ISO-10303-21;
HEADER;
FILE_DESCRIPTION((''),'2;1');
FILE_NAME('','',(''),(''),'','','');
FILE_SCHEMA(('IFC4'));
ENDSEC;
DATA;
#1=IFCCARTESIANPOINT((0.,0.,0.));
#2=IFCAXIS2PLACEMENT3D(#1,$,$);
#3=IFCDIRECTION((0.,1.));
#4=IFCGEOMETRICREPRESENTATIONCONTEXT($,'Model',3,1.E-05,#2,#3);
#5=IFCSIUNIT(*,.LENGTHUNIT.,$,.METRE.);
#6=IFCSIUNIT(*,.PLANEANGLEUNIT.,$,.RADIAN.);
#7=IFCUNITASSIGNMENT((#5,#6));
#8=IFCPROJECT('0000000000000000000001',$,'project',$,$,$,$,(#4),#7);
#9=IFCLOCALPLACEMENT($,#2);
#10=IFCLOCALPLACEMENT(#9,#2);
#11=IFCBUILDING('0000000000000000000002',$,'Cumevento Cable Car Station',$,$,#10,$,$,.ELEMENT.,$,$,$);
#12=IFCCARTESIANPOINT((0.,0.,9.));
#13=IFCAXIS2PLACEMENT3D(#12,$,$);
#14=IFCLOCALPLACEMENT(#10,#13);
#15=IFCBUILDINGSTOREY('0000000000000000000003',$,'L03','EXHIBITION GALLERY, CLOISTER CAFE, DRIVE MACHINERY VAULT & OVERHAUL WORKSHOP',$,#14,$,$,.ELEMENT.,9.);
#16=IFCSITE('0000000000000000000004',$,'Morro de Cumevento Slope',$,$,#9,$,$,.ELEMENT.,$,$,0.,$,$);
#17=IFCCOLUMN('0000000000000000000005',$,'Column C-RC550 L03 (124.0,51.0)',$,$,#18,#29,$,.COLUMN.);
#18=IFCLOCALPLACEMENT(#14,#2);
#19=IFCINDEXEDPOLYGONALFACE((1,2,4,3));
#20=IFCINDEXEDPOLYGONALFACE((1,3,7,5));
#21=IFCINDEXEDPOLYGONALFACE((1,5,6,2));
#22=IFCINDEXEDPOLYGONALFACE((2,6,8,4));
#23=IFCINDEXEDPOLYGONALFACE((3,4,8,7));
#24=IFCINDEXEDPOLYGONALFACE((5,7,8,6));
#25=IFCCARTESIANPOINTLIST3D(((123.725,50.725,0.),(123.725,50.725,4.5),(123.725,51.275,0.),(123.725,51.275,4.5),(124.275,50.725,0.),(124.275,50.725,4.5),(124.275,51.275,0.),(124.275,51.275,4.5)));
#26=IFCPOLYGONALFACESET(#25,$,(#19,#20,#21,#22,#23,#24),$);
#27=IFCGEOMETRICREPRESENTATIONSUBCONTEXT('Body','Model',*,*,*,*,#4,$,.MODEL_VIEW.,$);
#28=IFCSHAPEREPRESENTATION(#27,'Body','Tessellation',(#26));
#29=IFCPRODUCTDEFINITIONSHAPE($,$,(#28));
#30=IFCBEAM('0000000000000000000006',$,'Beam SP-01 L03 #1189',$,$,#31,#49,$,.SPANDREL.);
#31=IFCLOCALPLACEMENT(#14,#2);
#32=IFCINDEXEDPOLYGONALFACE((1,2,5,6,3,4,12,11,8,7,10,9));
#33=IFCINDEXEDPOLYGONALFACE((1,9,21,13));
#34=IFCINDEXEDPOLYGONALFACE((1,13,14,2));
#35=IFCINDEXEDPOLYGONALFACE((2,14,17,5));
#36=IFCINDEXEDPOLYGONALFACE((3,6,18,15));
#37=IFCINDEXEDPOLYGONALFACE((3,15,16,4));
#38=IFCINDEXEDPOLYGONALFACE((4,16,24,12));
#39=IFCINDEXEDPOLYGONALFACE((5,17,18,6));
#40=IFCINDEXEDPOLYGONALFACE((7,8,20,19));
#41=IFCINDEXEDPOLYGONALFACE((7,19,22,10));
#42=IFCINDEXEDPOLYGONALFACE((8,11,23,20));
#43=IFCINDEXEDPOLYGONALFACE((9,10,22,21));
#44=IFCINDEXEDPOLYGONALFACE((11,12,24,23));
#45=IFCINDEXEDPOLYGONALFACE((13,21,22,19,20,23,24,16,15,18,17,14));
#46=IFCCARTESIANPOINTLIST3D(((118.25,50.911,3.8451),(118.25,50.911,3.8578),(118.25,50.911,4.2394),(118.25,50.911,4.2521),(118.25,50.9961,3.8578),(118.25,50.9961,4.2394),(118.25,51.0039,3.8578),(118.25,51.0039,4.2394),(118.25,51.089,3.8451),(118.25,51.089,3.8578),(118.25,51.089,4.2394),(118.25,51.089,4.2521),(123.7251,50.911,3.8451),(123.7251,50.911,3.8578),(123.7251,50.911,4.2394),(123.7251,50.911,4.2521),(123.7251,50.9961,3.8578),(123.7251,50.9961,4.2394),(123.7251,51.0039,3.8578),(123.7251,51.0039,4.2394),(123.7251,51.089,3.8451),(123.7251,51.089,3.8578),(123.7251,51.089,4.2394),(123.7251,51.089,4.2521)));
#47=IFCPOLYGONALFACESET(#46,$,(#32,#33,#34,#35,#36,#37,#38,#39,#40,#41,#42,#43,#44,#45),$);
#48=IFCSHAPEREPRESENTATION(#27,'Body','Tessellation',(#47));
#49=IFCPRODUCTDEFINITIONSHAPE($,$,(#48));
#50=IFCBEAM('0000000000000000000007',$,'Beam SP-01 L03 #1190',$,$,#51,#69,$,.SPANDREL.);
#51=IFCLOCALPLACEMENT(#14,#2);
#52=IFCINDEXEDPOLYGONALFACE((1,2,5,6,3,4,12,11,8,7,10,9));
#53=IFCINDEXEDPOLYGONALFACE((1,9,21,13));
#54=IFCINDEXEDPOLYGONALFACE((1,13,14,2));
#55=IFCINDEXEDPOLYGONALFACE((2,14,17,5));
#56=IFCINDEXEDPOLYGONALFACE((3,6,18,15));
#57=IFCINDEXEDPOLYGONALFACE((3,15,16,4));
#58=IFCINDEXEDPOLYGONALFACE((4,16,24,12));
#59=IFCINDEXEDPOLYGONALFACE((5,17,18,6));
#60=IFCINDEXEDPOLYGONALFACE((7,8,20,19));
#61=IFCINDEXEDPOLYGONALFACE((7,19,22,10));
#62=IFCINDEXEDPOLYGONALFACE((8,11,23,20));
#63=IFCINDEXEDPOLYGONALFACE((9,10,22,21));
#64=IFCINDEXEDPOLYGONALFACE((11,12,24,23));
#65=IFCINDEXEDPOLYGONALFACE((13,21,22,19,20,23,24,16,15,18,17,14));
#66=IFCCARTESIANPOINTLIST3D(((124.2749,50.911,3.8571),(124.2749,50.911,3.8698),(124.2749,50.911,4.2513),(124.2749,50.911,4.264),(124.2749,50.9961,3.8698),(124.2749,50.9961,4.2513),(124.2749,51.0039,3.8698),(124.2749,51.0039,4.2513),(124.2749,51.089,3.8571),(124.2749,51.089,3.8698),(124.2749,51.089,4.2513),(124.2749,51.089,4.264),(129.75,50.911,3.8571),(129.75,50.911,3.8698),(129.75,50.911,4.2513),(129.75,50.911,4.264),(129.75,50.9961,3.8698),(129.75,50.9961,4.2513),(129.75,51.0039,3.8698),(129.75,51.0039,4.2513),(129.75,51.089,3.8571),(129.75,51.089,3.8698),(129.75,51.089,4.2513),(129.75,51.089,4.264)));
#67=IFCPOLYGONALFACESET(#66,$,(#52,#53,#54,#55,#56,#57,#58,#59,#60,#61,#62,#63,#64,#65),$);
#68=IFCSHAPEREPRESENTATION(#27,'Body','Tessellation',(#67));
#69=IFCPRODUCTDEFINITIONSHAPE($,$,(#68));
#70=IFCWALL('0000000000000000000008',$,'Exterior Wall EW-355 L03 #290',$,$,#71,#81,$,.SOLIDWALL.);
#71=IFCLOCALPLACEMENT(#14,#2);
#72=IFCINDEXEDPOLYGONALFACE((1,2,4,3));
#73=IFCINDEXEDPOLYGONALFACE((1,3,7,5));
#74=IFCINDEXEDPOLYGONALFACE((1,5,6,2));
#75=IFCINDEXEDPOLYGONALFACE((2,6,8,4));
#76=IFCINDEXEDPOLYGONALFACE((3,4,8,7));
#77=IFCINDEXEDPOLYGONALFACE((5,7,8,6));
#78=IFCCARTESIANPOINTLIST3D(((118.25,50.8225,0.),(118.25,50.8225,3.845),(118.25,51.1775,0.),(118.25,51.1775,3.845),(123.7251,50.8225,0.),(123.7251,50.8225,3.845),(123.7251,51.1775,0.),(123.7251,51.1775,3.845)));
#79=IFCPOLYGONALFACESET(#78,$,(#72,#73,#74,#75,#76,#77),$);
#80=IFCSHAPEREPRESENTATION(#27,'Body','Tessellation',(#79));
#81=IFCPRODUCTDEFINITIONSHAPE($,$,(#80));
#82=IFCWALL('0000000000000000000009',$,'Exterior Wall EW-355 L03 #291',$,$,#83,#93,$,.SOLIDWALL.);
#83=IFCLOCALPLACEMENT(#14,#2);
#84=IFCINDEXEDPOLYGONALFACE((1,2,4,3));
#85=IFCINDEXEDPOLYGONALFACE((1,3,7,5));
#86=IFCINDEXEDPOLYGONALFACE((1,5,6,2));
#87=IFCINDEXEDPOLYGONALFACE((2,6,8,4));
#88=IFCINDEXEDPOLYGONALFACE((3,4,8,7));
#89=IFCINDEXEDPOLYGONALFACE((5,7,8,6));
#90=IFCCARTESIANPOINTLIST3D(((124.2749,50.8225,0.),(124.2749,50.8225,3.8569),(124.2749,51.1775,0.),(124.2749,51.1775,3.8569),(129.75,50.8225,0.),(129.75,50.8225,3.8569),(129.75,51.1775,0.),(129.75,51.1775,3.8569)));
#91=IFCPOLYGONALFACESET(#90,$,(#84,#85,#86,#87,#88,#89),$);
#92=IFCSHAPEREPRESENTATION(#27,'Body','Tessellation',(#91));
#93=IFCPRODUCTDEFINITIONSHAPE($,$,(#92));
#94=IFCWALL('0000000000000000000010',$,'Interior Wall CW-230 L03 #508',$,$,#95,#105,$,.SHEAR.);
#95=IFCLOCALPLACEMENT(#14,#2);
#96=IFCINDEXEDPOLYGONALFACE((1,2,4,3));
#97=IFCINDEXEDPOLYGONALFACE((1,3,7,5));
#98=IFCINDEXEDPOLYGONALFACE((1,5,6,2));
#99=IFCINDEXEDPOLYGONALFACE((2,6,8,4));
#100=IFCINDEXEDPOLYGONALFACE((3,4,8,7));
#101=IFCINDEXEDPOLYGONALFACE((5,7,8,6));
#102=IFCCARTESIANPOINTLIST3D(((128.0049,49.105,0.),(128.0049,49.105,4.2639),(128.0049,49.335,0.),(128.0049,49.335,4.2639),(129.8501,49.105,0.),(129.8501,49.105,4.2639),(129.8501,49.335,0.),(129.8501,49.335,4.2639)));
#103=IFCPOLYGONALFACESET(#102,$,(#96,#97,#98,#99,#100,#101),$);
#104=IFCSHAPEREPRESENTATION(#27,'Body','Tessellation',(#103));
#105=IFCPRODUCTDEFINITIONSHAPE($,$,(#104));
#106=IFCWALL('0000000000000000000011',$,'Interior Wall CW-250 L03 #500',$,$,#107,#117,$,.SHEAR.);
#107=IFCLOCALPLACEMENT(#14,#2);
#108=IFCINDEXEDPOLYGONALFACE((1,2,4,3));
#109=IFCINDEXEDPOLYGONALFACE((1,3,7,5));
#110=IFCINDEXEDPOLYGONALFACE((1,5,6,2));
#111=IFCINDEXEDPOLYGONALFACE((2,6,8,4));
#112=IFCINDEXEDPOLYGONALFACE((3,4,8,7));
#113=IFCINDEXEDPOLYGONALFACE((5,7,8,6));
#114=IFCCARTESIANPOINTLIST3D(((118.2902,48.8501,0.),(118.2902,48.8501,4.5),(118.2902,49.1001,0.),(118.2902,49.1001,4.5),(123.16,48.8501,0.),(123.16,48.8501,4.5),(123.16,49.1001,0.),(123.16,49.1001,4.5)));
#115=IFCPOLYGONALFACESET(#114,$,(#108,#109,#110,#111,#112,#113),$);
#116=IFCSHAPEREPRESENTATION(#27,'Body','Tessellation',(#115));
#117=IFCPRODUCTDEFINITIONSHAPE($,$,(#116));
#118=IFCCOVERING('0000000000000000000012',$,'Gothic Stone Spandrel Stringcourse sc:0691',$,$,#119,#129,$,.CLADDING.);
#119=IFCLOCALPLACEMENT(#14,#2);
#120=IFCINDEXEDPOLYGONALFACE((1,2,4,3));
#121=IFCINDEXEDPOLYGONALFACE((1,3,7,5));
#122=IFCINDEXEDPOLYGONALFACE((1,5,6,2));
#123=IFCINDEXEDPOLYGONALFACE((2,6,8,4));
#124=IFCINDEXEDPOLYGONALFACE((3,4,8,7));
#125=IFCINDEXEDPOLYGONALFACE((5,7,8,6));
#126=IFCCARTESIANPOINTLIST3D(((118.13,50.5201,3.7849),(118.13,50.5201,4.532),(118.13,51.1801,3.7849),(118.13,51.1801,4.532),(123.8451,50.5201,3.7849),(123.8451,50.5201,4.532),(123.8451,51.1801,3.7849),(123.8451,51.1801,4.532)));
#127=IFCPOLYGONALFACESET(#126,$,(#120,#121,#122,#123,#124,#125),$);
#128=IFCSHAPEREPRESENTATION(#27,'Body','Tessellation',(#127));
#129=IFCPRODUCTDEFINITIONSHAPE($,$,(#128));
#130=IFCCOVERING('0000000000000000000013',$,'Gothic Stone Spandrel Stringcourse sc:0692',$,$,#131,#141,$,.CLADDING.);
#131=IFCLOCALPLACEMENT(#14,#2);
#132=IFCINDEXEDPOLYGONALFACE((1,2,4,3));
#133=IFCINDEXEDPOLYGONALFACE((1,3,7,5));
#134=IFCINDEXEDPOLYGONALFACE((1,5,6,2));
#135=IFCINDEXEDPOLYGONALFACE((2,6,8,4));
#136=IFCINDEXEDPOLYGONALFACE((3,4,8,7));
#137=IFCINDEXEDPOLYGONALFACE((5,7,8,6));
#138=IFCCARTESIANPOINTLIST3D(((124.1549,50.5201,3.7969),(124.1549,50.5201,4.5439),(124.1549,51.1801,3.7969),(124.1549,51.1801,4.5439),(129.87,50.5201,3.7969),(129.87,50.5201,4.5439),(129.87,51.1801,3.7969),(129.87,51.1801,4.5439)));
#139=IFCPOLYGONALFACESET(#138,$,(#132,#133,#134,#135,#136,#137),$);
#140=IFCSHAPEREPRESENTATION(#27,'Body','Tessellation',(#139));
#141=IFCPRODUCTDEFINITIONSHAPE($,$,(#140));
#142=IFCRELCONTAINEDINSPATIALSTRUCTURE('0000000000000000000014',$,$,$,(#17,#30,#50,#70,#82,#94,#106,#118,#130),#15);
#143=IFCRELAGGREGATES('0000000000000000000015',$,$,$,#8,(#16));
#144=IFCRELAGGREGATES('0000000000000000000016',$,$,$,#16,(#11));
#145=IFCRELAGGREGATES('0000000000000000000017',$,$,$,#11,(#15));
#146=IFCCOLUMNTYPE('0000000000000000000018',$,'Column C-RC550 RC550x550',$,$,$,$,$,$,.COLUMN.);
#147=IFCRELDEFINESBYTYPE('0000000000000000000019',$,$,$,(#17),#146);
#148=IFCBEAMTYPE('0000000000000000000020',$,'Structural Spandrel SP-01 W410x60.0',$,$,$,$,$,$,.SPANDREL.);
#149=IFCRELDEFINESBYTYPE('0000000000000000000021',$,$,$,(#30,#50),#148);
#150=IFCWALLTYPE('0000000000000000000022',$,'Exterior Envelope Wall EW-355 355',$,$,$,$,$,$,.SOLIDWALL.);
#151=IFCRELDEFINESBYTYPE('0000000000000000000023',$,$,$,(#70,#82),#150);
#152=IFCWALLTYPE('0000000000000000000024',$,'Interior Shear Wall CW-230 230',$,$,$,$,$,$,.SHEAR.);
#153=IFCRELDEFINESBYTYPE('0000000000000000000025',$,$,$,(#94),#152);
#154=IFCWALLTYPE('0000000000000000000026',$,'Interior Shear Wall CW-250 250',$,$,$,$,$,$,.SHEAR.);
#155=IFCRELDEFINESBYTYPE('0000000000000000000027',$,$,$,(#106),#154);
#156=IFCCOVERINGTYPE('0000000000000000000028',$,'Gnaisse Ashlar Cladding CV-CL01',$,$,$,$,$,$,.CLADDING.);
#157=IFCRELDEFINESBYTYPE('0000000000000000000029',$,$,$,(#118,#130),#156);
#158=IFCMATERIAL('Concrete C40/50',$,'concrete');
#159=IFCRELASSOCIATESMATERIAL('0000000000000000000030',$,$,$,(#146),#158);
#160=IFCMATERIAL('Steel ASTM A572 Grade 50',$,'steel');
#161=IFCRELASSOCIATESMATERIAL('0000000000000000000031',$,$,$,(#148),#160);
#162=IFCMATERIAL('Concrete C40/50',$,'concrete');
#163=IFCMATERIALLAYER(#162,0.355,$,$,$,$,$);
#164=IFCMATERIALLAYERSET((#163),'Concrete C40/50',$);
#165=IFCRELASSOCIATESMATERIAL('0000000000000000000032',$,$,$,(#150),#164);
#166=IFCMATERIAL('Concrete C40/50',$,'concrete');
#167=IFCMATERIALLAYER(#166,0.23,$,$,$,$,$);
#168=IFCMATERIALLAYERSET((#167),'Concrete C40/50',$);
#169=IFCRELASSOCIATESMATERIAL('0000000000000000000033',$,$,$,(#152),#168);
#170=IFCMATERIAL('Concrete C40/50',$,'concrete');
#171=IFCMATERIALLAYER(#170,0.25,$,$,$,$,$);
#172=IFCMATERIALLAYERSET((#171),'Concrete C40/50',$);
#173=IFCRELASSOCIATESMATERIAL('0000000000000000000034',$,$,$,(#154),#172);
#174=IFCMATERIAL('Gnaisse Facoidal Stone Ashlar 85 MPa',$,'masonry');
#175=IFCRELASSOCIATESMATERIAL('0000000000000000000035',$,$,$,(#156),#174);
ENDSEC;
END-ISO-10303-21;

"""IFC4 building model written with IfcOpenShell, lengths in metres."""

from ifc_helpers import new_model, si_unit, direction, frame, frame_2d, origin, origin_2d, place, context, subcontext, project, spatial, rectangle, i_section, extrude, material, layer, layer_set, material_profile, profile_set, type_object, element, save


model = new_model("IFC4")

# Units and contexts
model_context = context("Model", 3, precision=1e-05, world=origin(), true_north=direction((0.0, 1.0)))
body_context = subcontext(model_context, "Body", "Model", "MODEL_VIEW")
ifc_project = project(units=[si_unit("LENGTHUNIT", "METRE"), si_unit("PLANEANGLEUNIT", "RADIAN")], contexts=[model_context])

# Site, building, storey
site_placement = place(None, origin())
site = spatial("IfcSite", under=ifc_project, at=site_placement, Name="Morro de Cumevento Slope", CompositionType="ELEMENT", RefElevation=0.0)
building_placement = place(site_placement, origin())
building = spatial("IfcBuilding", under=site, at=building_placement, Name="Cumevento Cable Car Station", CompositionType="ELEMENT")
storey_placement = place(building_placement, frame((0.0, 0.0, 9.0)))
storey = spatial("IfcBuildingStorey", under=building, at=storey_placement, Name="L03", Description="EXHIBITION GALLERY, CLOISTER CAFE, DRIVE MACHINERY VAULT & OVERHAUL WORKSHOP", CompositionType="ELEMENT", Elevation=9.0)

# Column
ifc_material_1 = material(Name="Concrete C40/50", Category="concrete")
ifc_material_profile_1 = material_profile(ifc_material_1, rectangle(XDim=0.55, YDim=0.55, at=origin_2d()), Name="RC550x550")
ifc_profile_set_1 = profile_set([ifc_material_profile_1], Name="Concrete C40/50")
column_type = type_object("IfcColumnType", Name="Column C-RC550 RC550x550", PredefinedType="COLUMN", material=ifc_profile_set_1)
column_placement = place(storey_placement, frame((124.0, 51.0, 0.0), z_axis=(0.0, 0.0, 1.0), x_axis=(1.0, 0.0, 0.0)))
element("IfcColumn", 1, at=column_placement, inside=storey, type_object=column_type, Name="Column C-RC550 L03 (124.0,51.0)", PredefinedType="COLUMN", context=body_context, shape_type="SweptSolid", body=[
    extrude(rectangle(XDim=0.55, YDim=0.55, at=origin_2d()), origin(), (0.0, 0.0, 1.0), 4.5),
])

# Beams
ifc_material_2 = material(Name="Steel ASTM A572 Grade 50", Category="steel")
ifc_material_profile_2 = material_profile(ifc_material_2, i_section(OverallWidth=0.178, OverallDepth=0.407, WebThickness=0.0078, FlangeThickness=0.0127, at=origin_2d()), Name="W410x60.0")
ifc_profile_set_2 = profile_set([ifc_material_profile_2], Name="Steel ASTM A572 Grade 50")
beam_type = type_object("IfcBeamType", Name="Structural Spandrel SP-01 W410x60.0", PredefinedType="SPANDREL", material=ifc_profile_set_2)
for number, where, z_axis, x_axis, name in (
    (2, (118.25, 51.0, 4.0486), (1.0, 0.0, 0.0), (0.0, 1.0, 0.0), "Beam SP-01 L03 #1189"),
    (3, (124.2749, 51.0, 4.0605), (1.0, 0.0, 0.0), (0.0, 1.0, 0.0), "Beam SP-01 L03 #1190"),
):
    element("IfcBeam", number, at=place(storey_placement, frame(where, z_axis=z_axis, x_axis=x_axis)), inside=storey, type_object=beam_type, Name=name, PredefinedType="SPANDREL", context=body_context, shape_type="SweptSolid", body=[
        extrude(i_section(OverallWidth=0.178, OverallDepth=0.407, WebThickness=0.0078, FlangeThickness=0.0127, at=origin_2d()), origin(), (0.0, 0.0, 1.0), 5.4751),
    ])

# Walls
ifc_material_3 = material(Name="Concrete C40/50", Category="concrete")
ifc_layer_1 = layer(ifc_material_3, 0.355)
ifc_layer_set_1 = layer_set([ifc_layer_1], Name="Concrete C40/50")
wall_type_1 = type_object("IfcWallType", Name="Exterior Envelope Wall EW-355 355", PredefinedType="SOLIDWALL", material=ifc_layer_set_1)
wall_1_placement = place(storey_placement, frame((118.25, 51.0, 0.0), z_axis=(0.0, 0.0, 1.0), x_axis=(1.0, 0.0, 0.0)))
element("IfcWall", 4, at=wall_1_placement, inside=storey, type_object=wall_type_1, Name="Exterior Wall EW-355 L03 #290", PredefinedType="SOLIDWALL", context=body_context, shape_type="SweptSolid", body=[
    extrude(rectangle(XDim=5.4751, YDim=0.355, at=frame_2d((2.7375, 0.0))), origin(), (0.0, 0.0, 1.0), 3.845),
])
wall_2_placement = place(storey_placement, frame((124.2749, 51.0, 0.0), z_axis=(0.0, 0.0, 1.0), x_axis=(1.0, 0.0, 0.0)))
element("IfcWall", 5, at=wall_2_placement, inside=storey, type_object=wall_type_1, Name="Exterior Wall EW-355 L03 #291", PredefinedType="SOLIDWALL", context=body_context, shape_type="SweptSolid", body=[
    extrude(rectangle(XDim=5.4751, YDim=0.355, at=frame_2d((2.7375, 0.0))), origin(), (0.0, 0.0, 1.0), 3.8569),
])
ifc_material_4 = material(Name="Concrete C40/50", Category="concrete")
ifc_layer_2 = layer(ifc_material_4, 0.23)
ifc_layer_set_2 = layer_set([ifc_layer_2], Name="Concrete C40/50")
wall_type_2 = type_object("IfcWallType", Name="Interior Shear Wall CW-230 230", PredefinedType="SHEAR", material=ifc_layer_set_2)
wall_3_placement = place(storey_placement, frame((128.0049, 49.22, 0.0), z_axis=(0.0, 0.0, 1.0), x_axis=(1.0, 0.0, 0.0)))
element("IfcWall", 6, at=wall_3_placement, inside=storey, type_object=wall_type_2, Name="Interior Wall CW-230 L03 #508", PredefinedType="SHEAR", context=body_context, shape_type="SweptSolid", body=[
    extrude(rectangle(XDim=1.8452, YDim=0.23, at=frame_2d((0.9226, 0.0))), origin(), (0.0, 0.0, 1.0), 4.2639),
])
ifc_material_5 = material(Name="Concrete C40/50", Category="concrete")
ifc_layer_3 = layer(ifc_material_5, 0.25)
ifc_layer_set_3 = layer_set([ifc_layer_3], Name="Concrete C40/50")
wall_type_3 = type_object("IfcWallType", Name="Interior Shear Wall CW-250 250", PredefinedType="SHEAR", material=ifc_layer_set_3)
wall_4_placement = place(storey_placement, frame((118.29, 48.9751, 0.0), z_axis=(0.0, 0.0, 1.0), x_axis=(1.0, 0.0, 0.0)))
element("IfcWall", 7, at=wall_4_placement, inside=storey, type_object=wall_type_3, Name="Interior Wall CW-250 L03 #500", PredefinedType="SHEAR", context=body_context, shape_type="SweptSolid", body=[
    extrude(rectangle(XDim=4.8699, YDim=0.25, at=frame_2d((2.4351, 0.0))), origin(), (0.0, 0.0, 1.0), 4.5),
])

# Coverings
ifc_material_6 = material(Name="Gnaisse Facoidal Stone Ashlar 85 MPa", Category="masonry")
covering_type = type_object("IfcCoveringType", Name="Gnaisse Ashlar Cladding CV-CL01", PredefinedType="CLADDING", material=ifc_material_6)
for number, where, z_axis, x_axis, name in (
    (8, (120.9875, 50.8501, 3.7849), (0.0, 0.0, 1.0), (1.0, 0.0, 0.0), "Gothic Stone Spandrel Stringcourse sc:0691"),
    (9, (127.0125, 50.8501, 3.7969), (0.0, 0.0, 1.0), (1.0, 0.0, 0.0), "Gothic Stone Spandrel Stringcourse sc:0692"),
):
    element("IfcCovering", number, at=place(storey_placement, frame(where, z_axis=z_axis, x_axis=x_axis)), inside=storey, type_object=covering_type, Name=name, PredefinedType="CLADDING", context=body_context, shape_type="SweptSolid", body=[
        extrude(rectangle(XDim=5.7151, YDim=0.6599, at=origin_2d()), origin(), (0.0, 0.0, 1.0), 0.7471),
    ])

save(model, "model.ifc")
